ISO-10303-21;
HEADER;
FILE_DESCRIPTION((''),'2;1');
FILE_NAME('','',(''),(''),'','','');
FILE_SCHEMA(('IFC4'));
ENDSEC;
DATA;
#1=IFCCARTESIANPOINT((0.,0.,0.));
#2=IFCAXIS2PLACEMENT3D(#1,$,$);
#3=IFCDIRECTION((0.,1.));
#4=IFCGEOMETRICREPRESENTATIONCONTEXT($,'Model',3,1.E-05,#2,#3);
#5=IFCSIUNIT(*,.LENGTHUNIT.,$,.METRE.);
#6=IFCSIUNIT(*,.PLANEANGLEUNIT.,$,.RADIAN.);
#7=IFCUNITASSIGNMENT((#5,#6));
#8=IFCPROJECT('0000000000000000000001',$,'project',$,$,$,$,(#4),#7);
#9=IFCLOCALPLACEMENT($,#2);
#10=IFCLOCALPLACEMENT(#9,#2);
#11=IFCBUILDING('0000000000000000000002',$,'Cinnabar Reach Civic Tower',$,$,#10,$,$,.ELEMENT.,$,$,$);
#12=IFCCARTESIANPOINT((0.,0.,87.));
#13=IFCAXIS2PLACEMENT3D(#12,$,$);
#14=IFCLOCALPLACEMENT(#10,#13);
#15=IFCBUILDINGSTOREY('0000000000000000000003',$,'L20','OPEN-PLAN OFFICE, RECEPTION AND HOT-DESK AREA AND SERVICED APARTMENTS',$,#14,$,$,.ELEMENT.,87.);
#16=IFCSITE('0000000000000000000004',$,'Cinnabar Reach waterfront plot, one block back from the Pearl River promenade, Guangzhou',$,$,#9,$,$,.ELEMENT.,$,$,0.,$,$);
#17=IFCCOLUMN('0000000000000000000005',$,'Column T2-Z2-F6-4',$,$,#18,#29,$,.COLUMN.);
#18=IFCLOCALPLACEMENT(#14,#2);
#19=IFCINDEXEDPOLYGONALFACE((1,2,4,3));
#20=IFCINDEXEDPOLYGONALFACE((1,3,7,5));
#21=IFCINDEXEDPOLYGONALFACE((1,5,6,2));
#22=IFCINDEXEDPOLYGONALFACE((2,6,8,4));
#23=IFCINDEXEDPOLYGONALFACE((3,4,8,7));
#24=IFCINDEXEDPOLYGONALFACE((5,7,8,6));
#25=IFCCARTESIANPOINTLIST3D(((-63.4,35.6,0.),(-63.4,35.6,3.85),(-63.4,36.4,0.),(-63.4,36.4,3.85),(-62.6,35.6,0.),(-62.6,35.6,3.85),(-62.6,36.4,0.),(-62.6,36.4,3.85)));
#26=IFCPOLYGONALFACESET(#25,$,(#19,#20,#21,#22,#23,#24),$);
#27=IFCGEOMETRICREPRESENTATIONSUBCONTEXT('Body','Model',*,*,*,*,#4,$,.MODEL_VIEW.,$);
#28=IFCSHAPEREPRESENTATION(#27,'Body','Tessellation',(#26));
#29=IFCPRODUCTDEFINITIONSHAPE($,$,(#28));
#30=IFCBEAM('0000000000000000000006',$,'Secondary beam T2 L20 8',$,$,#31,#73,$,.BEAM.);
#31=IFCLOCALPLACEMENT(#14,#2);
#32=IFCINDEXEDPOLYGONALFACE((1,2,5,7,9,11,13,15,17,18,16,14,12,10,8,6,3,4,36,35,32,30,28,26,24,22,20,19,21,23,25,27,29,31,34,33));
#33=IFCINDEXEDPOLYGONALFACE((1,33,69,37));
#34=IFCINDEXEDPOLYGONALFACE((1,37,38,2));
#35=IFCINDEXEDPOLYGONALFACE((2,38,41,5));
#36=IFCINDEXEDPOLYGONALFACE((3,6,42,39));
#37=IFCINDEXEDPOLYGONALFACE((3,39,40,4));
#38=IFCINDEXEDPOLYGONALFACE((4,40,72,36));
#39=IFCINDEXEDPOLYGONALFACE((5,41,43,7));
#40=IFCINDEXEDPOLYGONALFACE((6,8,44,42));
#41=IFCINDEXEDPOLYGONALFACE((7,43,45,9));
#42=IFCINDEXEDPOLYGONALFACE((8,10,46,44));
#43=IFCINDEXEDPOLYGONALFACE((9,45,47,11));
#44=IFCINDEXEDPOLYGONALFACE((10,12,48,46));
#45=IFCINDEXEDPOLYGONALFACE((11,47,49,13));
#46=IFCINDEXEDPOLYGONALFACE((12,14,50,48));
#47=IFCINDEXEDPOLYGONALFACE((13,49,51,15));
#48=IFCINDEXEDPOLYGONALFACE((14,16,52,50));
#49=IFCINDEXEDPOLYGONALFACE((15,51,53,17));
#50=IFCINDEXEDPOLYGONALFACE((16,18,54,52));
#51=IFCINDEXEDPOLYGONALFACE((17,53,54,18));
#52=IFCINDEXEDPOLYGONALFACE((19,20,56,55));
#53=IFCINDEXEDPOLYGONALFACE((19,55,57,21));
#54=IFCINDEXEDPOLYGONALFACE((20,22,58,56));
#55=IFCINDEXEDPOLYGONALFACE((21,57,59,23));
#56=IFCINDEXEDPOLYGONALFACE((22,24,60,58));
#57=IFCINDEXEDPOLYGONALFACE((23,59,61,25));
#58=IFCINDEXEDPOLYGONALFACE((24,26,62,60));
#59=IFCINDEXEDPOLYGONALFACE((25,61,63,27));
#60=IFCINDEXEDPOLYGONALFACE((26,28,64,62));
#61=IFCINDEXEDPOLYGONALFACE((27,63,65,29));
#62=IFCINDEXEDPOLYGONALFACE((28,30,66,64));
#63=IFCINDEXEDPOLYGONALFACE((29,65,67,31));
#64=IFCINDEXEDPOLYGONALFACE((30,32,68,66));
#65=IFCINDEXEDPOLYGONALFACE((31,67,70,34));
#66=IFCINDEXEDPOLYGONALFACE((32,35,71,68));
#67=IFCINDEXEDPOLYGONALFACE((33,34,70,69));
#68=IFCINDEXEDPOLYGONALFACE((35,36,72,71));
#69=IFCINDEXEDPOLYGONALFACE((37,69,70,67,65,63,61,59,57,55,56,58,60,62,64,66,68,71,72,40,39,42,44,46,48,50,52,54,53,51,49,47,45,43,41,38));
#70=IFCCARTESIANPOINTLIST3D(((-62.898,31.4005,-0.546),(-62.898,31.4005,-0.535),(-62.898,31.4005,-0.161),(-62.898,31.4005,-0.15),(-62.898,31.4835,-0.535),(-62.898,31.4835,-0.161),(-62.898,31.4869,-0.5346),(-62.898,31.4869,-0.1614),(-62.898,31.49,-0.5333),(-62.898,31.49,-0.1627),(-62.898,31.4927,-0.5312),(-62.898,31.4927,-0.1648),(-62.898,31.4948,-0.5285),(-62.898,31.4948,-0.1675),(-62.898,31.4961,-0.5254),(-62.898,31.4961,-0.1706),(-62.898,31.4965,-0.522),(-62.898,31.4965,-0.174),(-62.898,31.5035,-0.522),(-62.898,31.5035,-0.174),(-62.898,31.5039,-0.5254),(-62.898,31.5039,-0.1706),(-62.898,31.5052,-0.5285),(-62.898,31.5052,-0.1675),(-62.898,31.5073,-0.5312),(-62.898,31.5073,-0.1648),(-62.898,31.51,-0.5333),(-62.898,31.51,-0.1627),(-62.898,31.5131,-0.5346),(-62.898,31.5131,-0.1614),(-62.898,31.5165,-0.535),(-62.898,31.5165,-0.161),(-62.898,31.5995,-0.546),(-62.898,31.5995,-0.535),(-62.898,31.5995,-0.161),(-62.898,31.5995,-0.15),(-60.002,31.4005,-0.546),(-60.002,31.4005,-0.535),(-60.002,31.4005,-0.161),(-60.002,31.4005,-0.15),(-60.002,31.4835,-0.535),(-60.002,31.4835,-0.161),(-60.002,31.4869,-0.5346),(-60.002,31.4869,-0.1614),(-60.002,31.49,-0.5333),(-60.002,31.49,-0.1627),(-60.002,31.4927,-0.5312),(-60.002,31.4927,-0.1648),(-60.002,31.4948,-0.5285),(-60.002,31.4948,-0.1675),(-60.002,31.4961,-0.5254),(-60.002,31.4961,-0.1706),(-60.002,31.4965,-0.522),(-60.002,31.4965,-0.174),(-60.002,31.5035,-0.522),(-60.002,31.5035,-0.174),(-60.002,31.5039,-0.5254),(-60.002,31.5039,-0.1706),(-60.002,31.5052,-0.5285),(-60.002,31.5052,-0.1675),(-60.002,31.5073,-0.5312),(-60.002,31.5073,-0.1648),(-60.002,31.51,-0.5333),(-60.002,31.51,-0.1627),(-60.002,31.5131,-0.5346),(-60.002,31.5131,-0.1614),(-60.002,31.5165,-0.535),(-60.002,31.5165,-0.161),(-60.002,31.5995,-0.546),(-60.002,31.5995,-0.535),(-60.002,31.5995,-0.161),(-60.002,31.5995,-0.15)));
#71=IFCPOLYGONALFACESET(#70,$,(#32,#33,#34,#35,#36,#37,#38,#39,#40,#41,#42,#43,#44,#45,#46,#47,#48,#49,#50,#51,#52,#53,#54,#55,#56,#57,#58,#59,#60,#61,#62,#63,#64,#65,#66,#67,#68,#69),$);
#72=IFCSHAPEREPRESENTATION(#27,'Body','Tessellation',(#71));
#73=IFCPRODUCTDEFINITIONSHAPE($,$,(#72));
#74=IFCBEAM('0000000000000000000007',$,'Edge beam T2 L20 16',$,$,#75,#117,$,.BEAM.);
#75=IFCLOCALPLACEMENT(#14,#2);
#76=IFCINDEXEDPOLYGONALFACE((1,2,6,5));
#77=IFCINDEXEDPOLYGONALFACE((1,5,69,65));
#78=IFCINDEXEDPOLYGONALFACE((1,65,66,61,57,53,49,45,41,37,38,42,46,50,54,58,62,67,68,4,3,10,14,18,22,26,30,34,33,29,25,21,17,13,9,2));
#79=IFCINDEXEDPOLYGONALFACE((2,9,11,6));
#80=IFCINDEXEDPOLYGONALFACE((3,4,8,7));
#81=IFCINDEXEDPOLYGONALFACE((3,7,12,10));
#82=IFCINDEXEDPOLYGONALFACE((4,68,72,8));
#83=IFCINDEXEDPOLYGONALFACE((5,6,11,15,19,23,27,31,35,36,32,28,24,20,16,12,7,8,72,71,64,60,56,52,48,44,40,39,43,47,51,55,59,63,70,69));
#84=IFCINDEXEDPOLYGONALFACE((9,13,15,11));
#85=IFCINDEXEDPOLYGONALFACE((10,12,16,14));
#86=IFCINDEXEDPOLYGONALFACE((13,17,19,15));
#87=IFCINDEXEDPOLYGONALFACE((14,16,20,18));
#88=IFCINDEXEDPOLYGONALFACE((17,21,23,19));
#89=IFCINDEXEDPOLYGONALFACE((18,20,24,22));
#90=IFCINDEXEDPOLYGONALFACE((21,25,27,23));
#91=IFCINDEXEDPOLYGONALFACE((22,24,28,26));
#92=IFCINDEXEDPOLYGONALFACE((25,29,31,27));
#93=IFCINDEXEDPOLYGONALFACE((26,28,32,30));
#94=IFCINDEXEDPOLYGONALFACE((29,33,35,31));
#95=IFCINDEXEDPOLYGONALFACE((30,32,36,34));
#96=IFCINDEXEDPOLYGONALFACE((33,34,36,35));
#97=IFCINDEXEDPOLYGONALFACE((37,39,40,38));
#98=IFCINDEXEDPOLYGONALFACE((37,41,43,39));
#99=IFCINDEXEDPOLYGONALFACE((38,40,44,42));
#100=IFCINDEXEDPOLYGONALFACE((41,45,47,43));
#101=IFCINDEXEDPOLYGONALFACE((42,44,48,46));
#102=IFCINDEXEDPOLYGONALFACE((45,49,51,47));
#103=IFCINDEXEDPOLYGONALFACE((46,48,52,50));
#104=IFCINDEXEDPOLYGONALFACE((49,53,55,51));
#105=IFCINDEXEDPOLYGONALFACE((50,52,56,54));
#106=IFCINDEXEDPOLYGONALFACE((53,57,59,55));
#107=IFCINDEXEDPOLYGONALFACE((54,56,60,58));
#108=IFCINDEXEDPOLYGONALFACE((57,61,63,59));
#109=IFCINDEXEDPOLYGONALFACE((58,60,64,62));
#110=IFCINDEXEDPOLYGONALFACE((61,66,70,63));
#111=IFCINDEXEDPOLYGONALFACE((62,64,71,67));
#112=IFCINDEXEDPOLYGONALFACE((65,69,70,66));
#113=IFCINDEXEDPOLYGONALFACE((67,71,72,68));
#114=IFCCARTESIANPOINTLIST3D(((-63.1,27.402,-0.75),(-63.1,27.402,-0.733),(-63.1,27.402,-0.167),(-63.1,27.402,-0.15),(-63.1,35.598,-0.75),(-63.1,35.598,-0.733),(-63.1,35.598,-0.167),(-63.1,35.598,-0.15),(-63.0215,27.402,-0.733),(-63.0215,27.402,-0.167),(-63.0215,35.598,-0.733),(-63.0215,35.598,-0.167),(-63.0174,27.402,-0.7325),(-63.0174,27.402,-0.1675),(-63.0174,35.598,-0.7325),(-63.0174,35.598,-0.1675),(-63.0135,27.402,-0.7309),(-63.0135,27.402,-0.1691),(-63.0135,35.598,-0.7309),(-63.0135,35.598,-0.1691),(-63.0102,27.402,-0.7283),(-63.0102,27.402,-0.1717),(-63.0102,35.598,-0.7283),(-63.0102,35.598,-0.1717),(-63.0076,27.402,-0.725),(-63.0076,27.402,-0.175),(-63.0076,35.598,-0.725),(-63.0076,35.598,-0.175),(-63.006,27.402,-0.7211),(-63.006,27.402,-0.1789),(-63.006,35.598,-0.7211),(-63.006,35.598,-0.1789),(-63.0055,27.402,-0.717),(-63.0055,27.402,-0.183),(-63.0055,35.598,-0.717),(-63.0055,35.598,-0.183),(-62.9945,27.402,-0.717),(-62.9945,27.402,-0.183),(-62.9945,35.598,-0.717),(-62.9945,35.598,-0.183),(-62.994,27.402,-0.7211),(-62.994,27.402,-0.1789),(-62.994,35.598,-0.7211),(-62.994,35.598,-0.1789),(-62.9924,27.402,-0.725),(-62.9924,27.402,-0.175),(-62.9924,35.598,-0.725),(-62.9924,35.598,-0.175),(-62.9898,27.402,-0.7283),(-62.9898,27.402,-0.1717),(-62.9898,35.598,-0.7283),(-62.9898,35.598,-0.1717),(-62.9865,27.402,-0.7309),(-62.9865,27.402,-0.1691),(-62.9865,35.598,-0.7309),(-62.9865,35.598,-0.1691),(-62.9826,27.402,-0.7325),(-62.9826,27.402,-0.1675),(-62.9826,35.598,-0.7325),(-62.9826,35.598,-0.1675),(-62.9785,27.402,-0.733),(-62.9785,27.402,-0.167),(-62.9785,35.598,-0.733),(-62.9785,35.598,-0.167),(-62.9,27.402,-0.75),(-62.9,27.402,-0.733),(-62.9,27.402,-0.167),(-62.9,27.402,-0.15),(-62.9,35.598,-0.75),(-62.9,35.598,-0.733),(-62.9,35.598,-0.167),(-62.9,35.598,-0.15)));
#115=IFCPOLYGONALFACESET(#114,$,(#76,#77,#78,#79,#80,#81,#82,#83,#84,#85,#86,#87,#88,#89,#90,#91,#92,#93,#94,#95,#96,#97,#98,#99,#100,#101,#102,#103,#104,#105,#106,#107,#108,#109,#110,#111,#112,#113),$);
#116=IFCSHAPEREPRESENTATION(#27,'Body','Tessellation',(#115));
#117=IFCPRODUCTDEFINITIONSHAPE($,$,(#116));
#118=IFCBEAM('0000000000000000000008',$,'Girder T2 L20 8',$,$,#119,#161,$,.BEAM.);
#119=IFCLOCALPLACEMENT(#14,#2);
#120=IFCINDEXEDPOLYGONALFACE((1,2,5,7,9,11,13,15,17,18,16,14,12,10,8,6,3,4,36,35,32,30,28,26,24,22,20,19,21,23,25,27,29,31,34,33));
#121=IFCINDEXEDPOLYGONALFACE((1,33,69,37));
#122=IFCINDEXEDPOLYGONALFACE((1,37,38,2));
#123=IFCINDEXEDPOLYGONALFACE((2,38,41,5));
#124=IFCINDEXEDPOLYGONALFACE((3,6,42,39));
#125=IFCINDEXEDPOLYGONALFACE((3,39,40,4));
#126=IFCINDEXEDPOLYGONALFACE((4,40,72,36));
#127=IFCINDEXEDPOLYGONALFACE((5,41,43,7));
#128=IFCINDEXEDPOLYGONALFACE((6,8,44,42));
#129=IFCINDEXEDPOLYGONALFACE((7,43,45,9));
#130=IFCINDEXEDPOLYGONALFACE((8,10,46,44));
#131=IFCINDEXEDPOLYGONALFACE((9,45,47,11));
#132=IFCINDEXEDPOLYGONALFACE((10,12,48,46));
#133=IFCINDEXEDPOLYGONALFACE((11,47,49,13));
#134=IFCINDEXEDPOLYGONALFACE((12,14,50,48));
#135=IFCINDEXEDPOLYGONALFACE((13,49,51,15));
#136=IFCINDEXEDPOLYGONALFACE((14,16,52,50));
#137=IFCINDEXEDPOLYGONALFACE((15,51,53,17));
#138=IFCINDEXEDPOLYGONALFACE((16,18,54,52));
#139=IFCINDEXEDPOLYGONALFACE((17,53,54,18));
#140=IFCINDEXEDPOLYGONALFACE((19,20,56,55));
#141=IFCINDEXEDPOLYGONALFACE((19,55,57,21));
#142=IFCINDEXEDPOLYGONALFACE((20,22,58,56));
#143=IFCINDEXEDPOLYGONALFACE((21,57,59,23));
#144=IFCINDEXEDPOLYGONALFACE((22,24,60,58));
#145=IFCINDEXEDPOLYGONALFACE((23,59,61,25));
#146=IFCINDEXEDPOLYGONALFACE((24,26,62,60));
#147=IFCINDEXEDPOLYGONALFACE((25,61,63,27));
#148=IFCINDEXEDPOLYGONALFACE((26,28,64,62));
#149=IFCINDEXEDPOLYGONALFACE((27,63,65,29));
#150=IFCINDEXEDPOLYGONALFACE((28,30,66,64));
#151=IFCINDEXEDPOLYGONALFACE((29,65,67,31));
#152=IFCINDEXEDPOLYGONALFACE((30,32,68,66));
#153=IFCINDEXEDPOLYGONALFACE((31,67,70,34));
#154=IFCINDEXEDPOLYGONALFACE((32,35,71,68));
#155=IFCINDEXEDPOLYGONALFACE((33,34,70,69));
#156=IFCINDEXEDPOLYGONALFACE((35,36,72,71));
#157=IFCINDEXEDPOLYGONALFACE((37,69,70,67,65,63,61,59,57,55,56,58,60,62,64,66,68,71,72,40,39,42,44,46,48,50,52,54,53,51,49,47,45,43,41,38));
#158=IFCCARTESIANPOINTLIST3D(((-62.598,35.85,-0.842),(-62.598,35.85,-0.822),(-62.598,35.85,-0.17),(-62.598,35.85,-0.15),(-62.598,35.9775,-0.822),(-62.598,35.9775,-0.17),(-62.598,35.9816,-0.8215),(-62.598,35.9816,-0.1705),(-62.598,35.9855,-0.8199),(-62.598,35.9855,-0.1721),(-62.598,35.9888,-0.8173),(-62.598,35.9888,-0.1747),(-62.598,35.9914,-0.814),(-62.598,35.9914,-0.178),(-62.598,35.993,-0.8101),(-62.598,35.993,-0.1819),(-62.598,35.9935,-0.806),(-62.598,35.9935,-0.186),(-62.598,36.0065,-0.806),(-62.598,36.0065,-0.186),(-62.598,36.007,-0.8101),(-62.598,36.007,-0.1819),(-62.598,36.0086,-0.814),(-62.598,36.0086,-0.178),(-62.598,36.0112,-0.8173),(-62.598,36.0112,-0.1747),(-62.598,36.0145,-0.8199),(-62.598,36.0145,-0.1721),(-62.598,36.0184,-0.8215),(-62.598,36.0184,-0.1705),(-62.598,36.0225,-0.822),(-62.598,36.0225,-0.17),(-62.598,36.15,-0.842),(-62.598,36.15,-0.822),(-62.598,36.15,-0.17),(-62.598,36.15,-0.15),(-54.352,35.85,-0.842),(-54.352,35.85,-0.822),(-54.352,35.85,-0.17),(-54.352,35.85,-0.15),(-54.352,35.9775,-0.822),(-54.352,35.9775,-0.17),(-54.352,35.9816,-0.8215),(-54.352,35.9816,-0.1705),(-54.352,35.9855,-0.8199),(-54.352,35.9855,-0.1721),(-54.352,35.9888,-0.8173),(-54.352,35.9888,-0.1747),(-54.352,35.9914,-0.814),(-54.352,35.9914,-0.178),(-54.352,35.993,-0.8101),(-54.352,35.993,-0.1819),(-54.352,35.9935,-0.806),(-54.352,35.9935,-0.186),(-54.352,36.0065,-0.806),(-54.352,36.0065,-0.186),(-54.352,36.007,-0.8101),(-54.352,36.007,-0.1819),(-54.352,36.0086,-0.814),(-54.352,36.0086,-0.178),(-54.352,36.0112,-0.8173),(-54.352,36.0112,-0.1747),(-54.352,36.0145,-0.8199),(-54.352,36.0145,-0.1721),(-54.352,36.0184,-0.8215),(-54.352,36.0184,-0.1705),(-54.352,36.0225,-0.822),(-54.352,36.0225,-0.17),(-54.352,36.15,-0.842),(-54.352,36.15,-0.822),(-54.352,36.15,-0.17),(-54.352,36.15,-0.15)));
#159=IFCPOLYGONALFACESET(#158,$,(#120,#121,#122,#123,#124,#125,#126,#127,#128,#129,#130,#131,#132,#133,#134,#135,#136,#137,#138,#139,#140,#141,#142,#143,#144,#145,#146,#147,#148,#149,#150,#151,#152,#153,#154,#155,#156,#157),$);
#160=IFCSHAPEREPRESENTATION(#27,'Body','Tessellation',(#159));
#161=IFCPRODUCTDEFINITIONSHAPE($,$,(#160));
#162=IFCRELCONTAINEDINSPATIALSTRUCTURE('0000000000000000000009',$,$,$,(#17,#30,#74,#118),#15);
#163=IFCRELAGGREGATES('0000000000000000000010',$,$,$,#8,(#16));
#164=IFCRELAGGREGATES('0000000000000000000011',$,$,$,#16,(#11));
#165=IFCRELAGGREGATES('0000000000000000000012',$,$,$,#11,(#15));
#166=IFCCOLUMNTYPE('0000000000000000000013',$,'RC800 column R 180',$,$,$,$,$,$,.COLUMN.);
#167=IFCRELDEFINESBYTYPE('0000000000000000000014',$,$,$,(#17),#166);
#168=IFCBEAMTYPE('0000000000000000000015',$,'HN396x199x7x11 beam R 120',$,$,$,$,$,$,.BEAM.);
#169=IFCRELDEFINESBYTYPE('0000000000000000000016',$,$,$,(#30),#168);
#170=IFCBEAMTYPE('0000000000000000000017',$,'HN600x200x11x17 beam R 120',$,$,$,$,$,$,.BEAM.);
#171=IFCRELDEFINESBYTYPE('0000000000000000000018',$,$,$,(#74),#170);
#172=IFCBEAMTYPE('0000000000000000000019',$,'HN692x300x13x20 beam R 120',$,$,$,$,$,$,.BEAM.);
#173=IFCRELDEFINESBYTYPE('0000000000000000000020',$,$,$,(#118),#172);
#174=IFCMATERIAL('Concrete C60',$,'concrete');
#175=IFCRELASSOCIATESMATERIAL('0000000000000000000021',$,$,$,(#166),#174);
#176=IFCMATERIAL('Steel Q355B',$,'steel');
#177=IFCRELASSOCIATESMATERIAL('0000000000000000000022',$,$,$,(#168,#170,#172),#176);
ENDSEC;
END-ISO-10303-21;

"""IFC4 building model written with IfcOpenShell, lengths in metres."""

from ifc_helpers import new_model, si_unit, direction, frame, origin, origin_2d, place, context, subcontext, project, spatial, rectangle, i_section, extrude, material, material_profile, profile_set, type_object, element, save


model = new_model("IFC4")

# Units and contexts
model_context = context("Model", 3, precision=1e-05, world=origin(), true_north=direction((0.0, 1.0)))
body_context = subcontext(model_context, "Body", "Model", "MODEL_VIEW")
ifc_project = project(units=[si_unit("LENGTHUNIT", "METRE"), si_unit("PLANEANGLEUNIT", "RADIAN")], contexts=[model_context])

# Site, building, storey
site_placement = place(None, origin())
site = spatial("IfcSite", under=ifc_project, at=site_placement, Name="Cinnabar Reach waterfront plot, one block back from the Pearl River promenade, Guangzhou", CompositionType="ELEMENT", RefElevation=0.0)
building_placement = place(site_placement, origin())
building = spatial("IfcBuilding", under=site, at=building_placement, Name="Cinnabar Reach Civic Tower", CompositionType="ELEMENT")
storey_placement = place(building_placement, frame((0.0, 0.0, 87.0)))
storey = spatial("IfcBuildingStorey", under=building, at=storey_placement, Name="L20", Description="OPEN-PLAN OFFICE, RECEPTION AND HOT-DESK AREA AND SERVICED APARTMENTS", CompositionType="ELEMENT", Elevation=87.0)

# Column
ifc_material_1 = material(Name="Concrete C60", Category="concrete")
ifc_material_profile_1 = material_profile(ifc_material_1, rectangle(XDim=0.8, YDim=0.8, at=origin_2d()), Name="RC800")
ifc_profile_set_1 = profile_set([ifc_material_profile_1], Name="Concrete C60")
column_type = type_object("IfcColumnType", Name="RC800 column R 180", PredefinedType="COLUMN", material=ifc_profile_set_1)
column_placement = place(storey_placement, frame((-63.0, 36.0, 0.0), z_axis=(0.0, 0.0, 1.0), x_axis=(1.0, 0.0, 0.0)))
element("IfcColumn", 1, at=column_placement, inside=storey, type_object=column_type, Name="Column T2-Z2-F6-4", PredefinedType="COLUMN", context=body_context, shape_type="SweptSolid", body=[
    extrude(rectangle(XDim=0.8, YDim=0.8, at=origin_2d()), origin(), (0.0, 0.0, 1.0), 3.85),
])

# Beams
ifc_material_2 = material(Name="Steel Q355B", Category="steel")
ifc_material_profile_2 = material_profile(ifc_material_2, i_section(OverallWidth=0.199, OverallDepth=0.396, WebThickness=0.007, FlangeThickness=0.011, FilletRadius=0.013, at=origin_2d()), Name="HN396x199x7x11")
ifc_profile_set_2 = profile_set([ifc_material_profile_2], Name="Steel Q355B")
beam_type_1 = type_object("IfcBeamType", Name="HN396x199x7x11 beam R 120", PredefinedType="BEAM", material=ifc_profile_set_2)
beam_1_placement = place(storey_placement, frame((-62.898, 31.5, -0.348), z_axis=(1.0, 0.0, 0.0), x_axis=(0.0, 1.0, 0.0)))
element("IfcBeam", 2, at=beam_1_placement, inside=storey, type_object=beam_type_1, Name="Secondary beam T2 L20 8", PredefinedType="BEAM", context=body_context, shape_type="SweptSolid", body=[
    extrude(i_section(OverallWidth=0.199, OverallDepth=0.396, WebThickness=0.007, FlangeThickness=0.011, FilletRadius=0.013, at=origin_2d()), origin(), (0.0, 0.0, 1.0), 2.896),
])
ifc_material_profile_3 = material_profile(ifc_material_2, i_section(OverallWidth=0.2, OverallDepth=0.6, WebThickness=0.011, FlangeThickness=0.017, FilletRadius=0.016, at=origin_2d()), Name="HN600x200x11x17")
ifc_profile_set_3 = profile_set([ifc_material_profile_3], Name="Steel Q355B")
beam_type_2 = type_object("IfcBeamType", Name="HN600x200x11x17 beam R 120", PredefinedType="BEAM", material=ifc_profile_set_3)
beam_2_placement = place(storey_placement, frame((-63.0, 35.598, -0.45), z_axis=(0.0, -1.0, 0.0), x_axis=(1.0, 0.0, 0.0)))
element("IfcBeam", 3, at=beam_2_placement, inside=storey, type_object=beam_type_2, Name="Edge beam T2 L20 16", PredefinedType="BEAM", context=body_context, shape_type="SweptSolid", body=[
    extrude(i_section(OverallWidth=0.2, OverallDepth=0.6, WebThickness=0.011, FlangeThickness=0.017, FilletRadius=0.016, at=origin_2d()), origin(), (0.0, 0.0, 1.0), 8.196),
])
ifc_material_profile_4 = material_profile(ifc_material_2, i_section(OverallWidth=0.3, OverallDepth=0.692, WebThickness=0.013, FlangeThickness=0.02, FilletRadius=0.016, at=origin_2d()), Name="HN692x300x13x20")
ifc_profile_set_4 = profile_set([ifc_material_profile_4], Name="Steel Q355B")
beam_type_3 = type_object("IfcBeamType", Name="HN692x300x13x20 beam R 120", PredefinedType="BEAM", material=ifc_profile_set_4)
beam_3_placement = place(storey_placement, frame((-62.598, 36.0, -0.496), z_axis=(1.0, 0.0, 0.0), x_axis=(0.0, 1.0, 0.0)))
element("IfcBeam", 4, at=beam_3_placement, inside=storey, type_object=beam_type_3, Name="Girder T2 L20 8", PredefinedType="BEAM", context=body_context, shape_type="SweptSolid", body=[
    extrude(i_section(OverallWidth=0.3, OverallDepth=0.692, WebThickness=0.013, FlangeThickness=0.02, FilletRadius=0.016, at=origin_2d()), origin(), (0.0, 0.0, 1.0), 8.246),
])

save(model, "model.ifc")
